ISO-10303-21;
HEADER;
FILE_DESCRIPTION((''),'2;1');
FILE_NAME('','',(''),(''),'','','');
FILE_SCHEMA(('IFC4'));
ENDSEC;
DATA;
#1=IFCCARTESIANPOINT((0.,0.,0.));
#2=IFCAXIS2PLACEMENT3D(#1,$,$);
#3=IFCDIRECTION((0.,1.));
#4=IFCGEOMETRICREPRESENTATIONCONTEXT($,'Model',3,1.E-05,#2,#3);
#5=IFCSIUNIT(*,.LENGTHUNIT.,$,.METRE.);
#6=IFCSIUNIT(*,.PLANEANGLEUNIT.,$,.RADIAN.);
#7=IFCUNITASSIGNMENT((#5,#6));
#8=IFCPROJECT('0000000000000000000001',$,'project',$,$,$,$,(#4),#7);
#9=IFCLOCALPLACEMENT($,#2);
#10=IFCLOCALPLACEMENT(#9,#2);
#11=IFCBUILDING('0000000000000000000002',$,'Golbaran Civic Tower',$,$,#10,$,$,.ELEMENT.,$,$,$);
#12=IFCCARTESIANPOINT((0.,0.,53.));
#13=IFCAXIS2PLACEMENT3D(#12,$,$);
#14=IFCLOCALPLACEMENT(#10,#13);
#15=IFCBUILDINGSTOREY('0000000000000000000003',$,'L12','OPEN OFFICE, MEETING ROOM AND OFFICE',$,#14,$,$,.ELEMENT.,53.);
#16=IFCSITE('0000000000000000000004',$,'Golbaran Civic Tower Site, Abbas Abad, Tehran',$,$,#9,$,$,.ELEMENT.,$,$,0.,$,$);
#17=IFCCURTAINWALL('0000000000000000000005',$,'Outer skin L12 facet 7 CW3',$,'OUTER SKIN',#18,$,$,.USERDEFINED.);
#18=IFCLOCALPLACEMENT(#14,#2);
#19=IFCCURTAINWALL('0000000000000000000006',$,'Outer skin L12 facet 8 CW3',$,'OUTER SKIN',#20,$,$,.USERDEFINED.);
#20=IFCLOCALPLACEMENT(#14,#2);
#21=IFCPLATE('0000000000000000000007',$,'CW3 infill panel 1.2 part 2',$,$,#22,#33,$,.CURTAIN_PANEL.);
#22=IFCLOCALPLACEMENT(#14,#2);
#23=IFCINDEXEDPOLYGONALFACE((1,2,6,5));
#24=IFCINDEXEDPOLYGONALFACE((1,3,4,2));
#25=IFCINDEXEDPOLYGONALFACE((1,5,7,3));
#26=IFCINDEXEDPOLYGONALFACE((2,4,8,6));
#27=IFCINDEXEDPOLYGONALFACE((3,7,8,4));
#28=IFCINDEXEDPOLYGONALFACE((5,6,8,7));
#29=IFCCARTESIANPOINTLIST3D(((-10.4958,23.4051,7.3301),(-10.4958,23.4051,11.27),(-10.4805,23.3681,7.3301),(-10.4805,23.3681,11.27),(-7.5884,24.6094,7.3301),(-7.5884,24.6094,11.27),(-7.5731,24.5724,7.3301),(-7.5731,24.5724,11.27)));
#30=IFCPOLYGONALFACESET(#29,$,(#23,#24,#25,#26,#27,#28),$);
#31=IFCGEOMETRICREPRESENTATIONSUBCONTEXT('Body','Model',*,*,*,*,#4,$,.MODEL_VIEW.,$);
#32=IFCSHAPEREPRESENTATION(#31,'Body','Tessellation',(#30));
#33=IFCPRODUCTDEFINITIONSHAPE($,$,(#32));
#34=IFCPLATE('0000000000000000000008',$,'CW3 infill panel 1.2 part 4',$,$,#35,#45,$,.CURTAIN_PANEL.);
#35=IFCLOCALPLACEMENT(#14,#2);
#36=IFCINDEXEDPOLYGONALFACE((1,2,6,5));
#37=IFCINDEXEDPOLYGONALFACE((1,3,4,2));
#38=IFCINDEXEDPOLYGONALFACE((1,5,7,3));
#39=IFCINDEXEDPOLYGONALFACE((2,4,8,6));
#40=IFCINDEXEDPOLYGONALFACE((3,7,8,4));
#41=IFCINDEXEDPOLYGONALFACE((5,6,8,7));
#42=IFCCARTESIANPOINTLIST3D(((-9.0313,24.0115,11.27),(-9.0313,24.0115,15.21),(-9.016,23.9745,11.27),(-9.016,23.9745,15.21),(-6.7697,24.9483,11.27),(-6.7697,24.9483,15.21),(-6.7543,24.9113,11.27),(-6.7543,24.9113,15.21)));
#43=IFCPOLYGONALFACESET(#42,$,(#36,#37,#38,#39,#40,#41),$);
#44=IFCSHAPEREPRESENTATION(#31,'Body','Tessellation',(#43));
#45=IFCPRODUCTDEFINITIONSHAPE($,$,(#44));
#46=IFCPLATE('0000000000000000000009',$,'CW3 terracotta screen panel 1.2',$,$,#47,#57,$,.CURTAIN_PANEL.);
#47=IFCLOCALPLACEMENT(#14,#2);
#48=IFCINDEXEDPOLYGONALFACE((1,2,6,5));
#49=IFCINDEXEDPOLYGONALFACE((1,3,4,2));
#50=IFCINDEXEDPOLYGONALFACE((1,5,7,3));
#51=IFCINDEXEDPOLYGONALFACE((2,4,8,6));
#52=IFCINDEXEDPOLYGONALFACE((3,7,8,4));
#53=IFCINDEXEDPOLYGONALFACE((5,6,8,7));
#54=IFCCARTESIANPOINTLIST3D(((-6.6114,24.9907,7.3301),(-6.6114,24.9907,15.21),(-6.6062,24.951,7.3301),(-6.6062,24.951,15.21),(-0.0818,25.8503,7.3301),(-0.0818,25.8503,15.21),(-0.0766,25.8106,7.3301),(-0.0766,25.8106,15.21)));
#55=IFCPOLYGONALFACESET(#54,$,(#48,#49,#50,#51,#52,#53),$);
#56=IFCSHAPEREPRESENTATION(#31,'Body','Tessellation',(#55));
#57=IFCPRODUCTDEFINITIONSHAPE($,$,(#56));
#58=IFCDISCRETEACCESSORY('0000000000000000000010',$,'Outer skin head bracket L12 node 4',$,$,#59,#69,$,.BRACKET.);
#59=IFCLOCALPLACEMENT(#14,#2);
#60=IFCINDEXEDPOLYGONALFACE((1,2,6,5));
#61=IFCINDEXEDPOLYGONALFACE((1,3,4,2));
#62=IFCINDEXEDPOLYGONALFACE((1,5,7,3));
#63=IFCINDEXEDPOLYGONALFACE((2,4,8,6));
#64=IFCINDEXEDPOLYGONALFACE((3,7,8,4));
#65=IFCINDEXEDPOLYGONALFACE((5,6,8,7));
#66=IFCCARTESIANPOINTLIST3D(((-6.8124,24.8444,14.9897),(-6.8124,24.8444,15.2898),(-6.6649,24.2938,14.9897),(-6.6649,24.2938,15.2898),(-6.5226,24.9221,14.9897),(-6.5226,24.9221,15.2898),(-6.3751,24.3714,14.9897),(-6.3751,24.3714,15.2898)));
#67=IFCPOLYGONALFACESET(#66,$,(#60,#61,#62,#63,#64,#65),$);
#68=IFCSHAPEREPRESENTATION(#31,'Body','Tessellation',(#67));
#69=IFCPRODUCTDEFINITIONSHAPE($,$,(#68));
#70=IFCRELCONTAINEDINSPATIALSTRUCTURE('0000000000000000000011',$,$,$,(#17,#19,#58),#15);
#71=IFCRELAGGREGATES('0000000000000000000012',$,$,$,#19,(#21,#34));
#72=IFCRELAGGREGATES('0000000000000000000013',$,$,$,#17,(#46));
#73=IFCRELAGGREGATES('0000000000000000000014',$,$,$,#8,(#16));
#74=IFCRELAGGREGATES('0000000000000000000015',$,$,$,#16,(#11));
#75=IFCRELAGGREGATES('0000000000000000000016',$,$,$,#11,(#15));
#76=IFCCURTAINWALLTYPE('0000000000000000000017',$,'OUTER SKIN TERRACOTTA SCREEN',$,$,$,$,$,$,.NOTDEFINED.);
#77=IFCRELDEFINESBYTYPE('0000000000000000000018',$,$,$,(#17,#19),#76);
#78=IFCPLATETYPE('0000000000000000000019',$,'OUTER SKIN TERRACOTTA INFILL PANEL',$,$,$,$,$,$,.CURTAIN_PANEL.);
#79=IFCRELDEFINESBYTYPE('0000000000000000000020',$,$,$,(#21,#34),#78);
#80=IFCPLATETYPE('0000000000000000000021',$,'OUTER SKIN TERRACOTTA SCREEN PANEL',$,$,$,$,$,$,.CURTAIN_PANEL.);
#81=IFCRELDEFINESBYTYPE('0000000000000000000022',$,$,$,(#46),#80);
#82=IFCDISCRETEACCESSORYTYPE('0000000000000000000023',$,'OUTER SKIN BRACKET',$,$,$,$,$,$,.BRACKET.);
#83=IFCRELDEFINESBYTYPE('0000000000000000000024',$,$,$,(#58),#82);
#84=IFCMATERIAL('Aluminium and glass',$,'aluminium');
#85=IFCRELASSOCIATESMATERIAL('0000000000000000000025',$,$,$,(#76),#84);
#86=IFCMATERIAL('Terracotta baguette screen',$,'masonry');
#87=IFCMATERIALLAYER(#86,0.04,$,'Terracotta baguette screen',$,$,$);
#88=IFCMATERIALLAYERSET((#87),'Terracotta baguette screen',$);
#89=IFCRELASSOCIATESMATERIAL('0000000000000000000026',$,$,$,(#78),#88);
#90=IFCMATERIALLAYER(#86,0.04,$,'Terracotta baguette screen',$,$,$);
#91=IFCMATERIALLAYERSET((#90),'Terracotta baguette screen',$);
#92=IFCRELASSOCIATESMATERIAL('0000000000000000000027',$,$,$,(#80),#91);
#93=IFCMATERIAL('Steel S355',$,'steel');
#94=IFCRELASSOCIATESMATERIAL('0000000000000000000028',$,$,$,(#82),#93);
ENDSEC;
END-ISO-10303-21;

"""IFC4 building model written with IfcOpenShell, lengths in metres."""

from ifc_helpers import new_model, si_unit, direction, frame, origin, origin_2d, place, context, subcontext, project, spatial, rectangle, extrude, material, layer, layer_set, type_object, element, aggregate, save


model = new_model("IFC4")

# Units and contexts
model_context = context("Model", 3, precision=1e-05, world=origin(), true_north=direction((0.0, 1.0)))
body_context = subcontext(model_context, "Body", "Model", "MODEL_VIEW")
ifc_project = project(units=[si_unit("LENGTHUNIT", "METRE"), si_unit("PLANEANGLEUNIT", "RADIAN")], contexts=[model_context])

# Site, building, storey
site_placement = place(None, origin())
site = spatial("IfcSite", under=ifc_project, at=site_placement, Name="Golbaran Civic Tower Site, Abbas Abad, Tehran", CompositionType="ELEMENT", RefElevation=0.0)
building_placement = place(site_placement, origin())
building = spatial("IfcBuilding", under=site, at=building_placement, Name="Golbaran Civic Tower", CompositionType="ELEMENT")
storey_placement = place(building_placement, frame((0.0, 0.0, 53.0)))
storey = spatial("IfcBuildingStorey", under=building, at=storey_placement, Name="L12", Description="OPEN OFFICE, MEETING ROOM AND OFFICE", CompositionType="ELEMENT", Elevation=53.0)

# Curtain walls
ifc_material_1 = material(Name="Aluminium and glass", Category="aluminium")
curtain_wall_type_1 = type_object("IfcCurtainWallType", Name="OUTER SKIN TERRACOTTA SCREEN", PredefinedType="NOTDEFINED", material=ifc_material_1)
curtain_wall_1_placement = place(storey_placement, origin())
curtain_wall_1 = element("IfcCurtainWall", 1, at=curtain_wall_1_placement, inside=storey, type_object=curtain_wall_type_1, Name="Outer skin L12 facet 7 CW3", ObjectType="OUTER SKIN", PredefinedType="USERDEFINED")
curtain_wall_2_placement = place(storey_placement, origin())
curtain_wall_2 = element("IfcCurtainWall", 2, at=curtain_wall_2_placement, inside=storey, type_object=curtain_wall_type_1, Name="Outer skin L12 facet 8 CW3", ObjectType="OUTER SKIN", PredefinedType="USERDEFINED")

# Plates
ifc_material_2 = material(Name="Terracotta baguette screen", Category="masonry")
ifc_layer_1 = layer(ifc_material_2, 0.04, Name="Terracotta baguette screen")
ifc_layer_set_1 = layer_set([ifc_layer_1], Name="Terracotta baguette screen")
plate_type_1 = type_object("IfcPlateType", Name="OUTER SKIN TERRACOTTA INFILL PANEL", PredefinedType="CURTAIN_PANEL", material=ifc_layer_set_1)
plate_1_placement = place(storey_placement, frame((-9.0344, 23.9888, 7.3301), z_axis=(0.0, 0.0, 1.0), x_axis=(-0.92388, -0.382683, 0.0)))
plate_1 = element("IfcPlate", 3, at=plate_1_placement, type_object=plate_type_1, Name="CW3 infill panel 1.2 part 2", PredefinedType="CURTAIN_PANEL", context=body_context, shape_type="SweptSolid", body=[
    extrude(rectangle(XDim=3.147, YDim=0.04, at=origin_2d()), origin(), (0.0, 0.0, 1.0), 3.9399),
])
plate_2_placement = place(storey_placement, frame((-7.8928, 24.4614, 11.27), z_axis=(0.0, 0.0, 1.0), x_axis=(-0.92388, -0.382683, 0.0)))
plate_2 = element("IfcPlate", 4, at=plate_2_placement, type_object=plate_type_1, Name="CW3 infill panel 1.2 part 4", PredefinedType="CURTAIN_PANEL", context=body_context, shape_type="SweptSolid", body=[
    extrude(rectangle(XDim=2.448, YDim=0.04, at=origin_2d()), origin(), (0.0, 0.0, 1.0), 3.9399),
])
aggregate(curtain_wall_2, [plate_1, plate_2])
ifc_layer_2 = layer(ifc_material_2, 0.04, Name="Terracotta baguette screen")
ifc_layer_set_2 = layer_set([ifc_layer_2], Name="Terracotta baguette screen")
plate_type_2 = type_object("IfcPlateType", Name="OUTER SKIN TERRACOTTA SCREEN PANEL", PredefinedType="CURTAIN_PANEL", material=ifc_layer_set_2)
plate_3_placement = place(storey_placement, frame((-3.344, 25.4006, 7.3301), z_axis=(0.0, 0.0, 1.0), x_axis=(-0.991445, -0.130526, 0.0)))
plate_3 = element("IfcPlate", 5, at=plate_3_placement, type_object=plate_type_2, Name="CW3 terracotta screen panel 1.2", PredefinedType="CURTAIN_PANEL", context=body_context, shape_type="SweptSolid", body=[
    extrude(rectangle(XDim=6.5859, YDim=0.04, at=origin_2d()), origin(), (0.0, 0.0, 1.0), 7.8799),
])
aggregate(curtain_wall_1, [plate_3])

# Discrete accessory
ifc_material_3 = material(Name="Steel S355", Category="steel")
discrete_accessory_type = type_object("IfcDiscreteAccessoryType", Name="OUTER SKIN BRACKET", PredefinedType="BRACKET", material=ifc_material_3)
discrete_accessory_placement = place(storey_placement, frame((-6.5938, 24.6079, 14.9897), z_axis=(0.0, 0.0, 1.0), x_axis=(-0.258819, 0.965926, 0.0)))
element("IfcDiscreteAccessory", 6, at=discrete_accessory_placement, inside=storey, type_object=discrete_accessory_type, Name="Outer skin head bracket L12 node 4", PredefinedType="BRACKET", context=body_context, shape_type="SweptSolid", body=[
    extrude(rectangle(XDim=0.5701, YDim=0.3, at=origin_2d()), origin(), (0.0, 0.0, 1.0), 0.3),
])

save(model, "model.ifc")
